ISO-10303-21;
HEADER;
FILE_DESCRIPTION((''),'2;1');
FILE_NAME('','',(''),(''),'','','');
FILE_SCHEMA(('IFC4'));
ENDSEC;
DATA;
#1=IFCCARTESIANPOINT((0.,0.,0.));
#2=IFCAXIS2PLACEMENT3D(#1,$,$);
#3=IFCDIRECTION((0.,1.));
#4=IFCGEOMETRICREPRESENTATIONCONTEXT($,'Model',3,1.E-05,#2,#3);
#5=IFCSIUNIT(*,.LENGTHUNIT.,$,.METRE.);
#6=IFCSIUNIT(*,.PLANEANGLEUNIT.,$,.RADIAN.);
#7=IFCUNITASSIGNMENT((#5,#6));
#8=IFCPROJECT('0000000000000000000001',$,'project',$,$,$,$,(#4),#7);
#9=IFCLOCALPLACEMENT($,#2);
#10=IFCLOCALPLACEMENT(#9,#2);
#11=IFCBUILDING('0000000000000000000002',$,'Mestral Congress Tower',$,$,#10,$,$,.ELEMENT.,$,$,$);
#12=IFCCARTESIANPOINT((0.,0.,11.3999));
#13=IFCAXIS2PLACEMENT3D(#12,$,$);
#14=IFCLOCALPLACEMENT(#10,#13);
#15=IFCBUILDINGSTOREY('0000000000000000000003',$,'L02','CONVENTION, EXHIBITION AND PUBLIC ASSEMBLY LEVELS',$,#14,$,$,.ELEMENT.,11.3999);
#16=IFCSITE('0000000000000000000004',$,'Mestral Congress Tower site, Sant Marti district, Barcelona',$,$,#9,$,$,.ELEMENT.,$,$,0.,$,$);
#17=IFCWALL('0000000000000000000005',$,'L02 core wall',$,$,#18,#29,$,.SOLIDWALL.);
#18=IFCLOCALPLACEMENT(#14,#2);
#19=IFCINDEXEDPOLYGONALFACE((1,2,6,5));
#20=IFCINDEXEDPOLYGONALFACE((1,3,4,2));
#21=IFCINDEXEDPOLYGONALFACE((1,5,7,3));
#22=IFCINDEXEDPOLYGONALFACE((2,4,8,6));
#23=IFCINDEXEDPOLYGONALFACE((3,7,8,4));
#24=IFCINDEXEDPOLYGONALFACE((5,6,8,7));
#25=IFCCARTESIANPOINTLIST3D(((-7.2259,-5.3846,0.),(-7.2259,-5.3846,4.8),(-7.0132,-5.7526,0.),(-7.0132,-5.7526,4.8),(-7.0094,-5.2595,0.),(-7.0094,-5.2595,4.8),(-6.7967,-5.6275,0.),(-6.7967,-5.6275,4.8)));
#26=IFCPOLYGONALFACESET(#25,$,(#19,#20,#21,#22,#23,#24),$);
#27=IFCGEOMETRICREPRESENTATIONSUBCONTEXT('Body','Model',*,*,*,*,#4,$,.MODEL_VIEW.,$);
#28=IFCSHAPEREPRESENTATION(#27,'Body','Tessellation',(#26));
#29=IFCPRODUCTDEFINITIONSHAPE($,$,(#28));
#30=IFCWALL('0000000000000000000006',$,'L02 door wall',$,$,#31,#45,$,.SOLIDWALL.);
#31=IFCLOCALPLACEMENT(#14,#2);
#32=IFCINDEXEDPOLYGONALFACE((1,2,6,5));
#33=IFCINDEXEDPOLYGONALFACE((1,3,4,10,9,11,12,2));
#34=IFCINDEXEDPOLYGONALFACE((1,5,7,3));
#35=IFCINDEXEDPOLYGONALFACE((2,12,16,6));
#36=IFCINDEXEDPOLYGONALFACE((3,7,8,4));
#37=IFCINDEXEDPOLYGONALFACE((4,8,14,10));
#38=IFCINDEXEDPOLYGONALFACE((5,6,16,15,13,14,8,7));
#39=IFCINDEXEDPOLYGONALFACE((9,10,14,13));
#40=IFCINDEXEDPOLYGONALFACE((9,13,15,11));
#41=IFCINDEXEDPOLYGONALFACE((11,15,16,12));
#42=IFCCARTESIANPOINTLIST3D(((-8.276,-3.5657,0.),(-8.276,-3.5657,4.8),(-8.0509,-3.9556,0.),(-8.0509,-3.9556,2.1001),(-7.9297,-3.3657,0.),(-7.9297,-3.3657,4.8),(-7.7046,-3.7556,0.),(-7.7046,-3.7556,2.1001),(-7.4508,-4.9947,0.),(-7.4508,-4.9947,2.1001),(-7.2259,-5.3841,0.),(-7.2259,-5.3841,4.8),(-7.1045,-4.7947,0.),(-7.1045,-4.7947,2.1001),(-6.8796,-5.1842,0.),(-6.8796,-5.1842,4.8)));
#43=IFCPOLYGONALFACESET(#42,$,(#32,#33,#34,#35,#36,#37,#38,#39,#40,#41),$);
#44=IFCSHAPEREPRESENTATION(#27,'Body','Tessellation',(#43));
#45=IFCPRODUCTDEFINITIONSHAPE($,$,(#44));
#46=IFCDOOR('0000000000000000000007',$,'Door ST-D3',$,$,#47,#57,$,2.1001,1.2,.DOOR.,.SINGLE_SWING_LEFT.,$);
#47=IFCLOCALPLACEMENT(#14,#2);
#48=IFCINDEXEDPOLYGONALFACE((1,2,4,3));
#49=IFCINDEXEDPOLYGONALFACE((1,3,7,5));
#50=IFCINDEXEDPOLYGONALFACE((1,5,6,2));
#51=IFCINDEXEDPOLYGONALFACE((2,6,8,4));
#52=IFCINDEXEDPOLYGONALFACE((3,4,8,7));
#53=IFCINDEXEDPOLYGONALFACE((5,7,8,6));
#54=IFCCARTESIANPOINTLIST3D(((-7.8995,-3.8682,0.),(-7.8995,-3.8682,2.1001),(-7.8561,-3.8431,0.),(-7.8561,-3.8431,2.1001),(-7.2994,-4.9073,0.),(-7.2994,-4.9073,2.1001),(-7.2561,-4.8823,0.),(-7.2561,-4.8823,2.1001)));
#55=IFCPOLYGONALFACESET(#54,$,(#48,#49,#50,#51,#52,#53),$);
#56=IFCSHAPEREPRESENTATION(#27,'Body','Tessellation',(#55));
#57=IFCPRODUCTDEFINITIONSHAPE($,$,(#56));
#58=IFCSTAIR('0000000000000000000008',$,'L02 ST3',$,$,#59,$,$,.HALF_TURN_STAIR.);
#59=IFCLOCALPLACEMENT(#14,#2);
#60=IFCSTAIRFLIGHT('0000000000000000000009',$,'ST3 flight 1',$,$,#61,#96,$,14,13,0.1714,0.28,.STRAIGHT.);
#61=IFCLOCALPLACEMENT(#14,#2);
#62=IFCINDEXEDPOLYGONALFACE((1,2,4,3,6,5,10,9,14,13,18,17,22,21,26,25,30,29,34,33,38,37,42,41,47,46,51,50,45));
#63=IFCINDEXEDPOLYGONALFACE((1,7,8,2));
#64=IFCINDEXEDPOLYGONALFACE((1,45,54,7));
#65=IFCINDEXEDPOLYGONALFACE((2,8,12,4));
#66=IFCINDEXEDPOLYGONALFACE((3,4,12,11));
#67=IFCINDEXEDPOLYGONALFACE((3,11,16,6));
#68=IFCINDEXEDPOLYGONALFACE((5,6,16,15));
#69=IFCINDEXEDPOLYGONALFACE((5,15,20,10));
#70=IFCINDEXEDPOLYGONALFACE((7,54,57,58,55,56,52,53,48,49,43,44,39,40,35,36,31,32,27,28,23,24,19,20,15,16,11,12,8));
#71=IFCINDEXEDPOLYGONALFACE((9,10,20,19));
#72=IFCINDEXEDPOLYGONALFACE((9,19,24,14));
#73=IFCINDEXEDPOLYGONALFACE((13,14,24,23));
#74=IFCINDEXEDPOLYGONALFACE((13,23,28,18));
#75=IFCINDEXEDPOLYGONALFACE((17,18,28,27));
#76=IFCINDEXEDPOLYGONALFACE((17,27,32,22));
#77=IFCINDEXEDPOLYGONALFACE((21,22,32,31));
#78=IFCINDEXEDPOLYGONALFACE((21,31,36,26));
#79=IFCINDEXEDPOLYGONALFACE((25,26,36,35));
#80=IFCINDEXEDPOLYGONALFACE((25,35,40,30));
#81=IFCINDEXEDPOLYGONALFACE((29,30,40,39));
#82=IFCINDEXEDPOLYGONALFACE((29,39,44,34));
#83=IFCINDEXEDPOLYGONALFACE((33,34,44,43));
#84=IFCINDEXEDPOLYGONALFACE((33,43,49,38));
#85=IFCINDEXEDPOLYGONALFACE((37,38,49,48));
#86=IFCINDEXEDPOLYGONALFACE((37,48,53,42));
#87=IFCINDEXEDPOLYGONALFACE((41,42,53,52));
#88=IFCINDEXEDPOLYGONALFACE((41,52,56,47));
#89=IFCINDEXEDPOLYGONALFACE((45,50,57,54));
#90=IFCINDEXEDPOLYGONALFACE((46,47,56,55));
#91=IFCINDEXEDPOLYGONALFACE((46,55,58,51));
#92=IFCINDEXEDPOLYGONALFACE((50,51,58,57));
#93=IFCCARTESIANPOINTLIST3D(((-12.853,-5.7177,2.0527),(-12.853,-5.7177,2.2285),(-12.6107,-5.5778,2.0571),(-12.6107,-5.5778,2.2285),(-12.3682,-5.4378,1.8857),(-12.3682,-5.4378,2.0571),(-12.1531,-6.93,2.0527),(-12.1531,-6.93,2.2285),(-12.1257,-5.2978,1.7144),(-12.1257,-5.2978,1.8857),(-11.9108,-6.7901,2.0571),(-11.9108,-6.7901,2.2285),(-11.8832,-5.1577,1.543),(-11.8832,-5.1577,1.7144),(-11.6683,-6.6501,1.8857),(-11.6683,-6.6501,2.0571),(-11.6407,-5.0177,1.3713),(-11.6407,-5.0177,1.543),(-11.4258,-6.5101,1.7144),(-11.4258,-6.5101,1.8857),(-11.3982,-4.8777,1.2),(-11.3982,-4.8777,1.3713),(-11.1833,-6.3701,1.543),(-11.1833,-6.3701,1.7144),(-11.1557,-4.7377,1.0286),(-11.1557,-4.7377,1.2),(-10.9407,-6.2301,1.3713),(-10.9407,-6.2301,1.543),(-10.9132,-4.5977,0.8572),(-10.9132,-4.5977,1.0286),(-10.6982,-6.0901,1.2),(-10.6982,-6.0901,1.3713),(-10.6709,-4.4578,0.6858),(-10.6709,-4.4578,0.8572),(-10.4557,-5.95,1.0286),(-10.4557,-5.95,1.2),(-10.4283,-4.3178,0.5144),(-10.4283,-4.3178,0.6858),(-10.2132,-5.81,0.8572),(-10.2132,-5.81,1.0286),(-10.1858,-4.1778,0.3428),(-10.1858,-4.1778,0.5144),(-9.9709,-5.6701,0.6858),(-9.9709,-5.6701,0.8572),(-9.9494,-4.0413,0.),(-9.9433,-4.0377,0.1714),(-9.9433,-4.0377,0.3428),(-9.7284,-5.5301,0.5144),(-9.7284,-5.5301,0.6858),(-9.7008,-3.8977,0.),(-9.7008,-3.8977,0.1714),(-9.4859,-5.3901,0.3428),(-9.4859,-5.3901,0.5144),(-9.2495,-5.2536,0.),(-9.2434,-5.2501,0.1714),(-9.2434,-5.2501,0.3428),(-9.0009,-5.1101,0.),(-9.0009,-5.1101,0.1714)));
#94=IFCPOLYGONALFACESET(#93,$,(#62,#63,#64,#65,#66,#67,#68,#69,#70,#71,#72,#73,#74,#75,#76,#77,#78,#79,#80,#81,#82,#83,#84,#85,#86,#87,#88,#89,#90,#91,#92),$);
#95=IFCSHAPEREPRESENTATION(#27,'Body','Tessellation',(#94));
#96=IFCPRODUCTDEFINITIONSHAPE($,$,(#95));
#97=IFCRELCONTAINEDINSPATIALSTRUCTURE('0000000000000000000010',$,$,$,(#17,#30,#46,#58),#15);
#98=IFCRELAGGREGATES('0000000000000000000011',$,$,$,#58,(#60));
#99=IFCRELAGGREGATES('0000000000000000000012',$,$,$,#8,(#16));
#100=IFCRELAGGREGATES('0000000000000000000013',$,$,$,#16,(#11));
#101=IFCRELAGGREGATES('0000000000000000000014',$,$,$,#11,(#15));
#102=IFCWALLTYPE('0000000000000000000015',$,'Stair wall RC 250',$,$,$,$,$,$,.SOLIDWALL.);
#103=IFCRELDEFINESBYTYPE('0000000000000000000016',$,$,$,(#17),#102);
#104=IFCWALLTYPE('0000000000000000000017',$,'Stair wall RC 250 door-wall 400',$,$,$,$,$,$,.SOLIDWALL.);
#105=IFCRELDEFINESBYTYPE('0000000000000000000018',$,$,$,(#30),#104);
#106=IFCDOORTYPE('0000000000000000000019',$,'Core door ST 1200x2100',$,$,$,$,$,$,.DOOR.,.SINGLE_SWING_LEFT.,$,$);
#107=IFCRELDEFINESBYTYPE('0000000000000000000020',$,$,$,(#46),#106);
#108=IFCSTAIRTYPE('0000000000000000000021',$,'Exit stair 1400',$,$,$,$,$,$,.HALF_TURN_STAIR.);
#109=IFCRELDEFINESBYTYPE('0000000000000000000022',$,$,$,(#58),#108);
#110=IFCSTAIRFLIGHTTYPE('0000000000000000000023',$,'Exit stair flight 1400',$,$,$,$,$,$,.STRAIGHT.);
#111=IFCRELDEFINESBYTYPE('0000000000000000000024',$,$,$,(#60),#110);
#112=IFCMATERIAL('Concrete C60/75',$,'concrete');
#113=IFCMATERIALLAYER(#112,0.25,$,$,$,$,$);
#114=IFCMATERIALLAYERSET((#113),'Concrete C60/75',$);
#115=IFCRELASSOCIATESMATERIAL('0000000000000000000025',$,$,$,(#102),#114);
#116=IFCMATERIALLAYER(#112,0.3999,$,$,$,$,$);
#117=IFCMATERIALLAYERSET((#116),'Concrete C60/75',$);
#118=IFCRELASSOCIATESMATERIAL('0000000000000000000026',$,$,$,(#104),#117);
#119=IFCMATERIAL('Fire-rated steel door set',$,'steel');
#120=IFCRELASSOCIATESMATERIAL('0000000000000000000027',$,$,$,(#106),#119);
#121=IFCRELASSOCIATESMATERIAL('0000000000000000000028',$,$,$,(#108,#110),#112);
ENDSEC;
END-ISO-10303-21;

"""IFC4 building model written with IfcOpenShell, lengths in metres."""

from ifc_helpers import new_model, si_unit, direction, frame, frame_2d, origin, place, context, subcontext, project, spatial, polyline, rectangle, outline, extrude, material, layer, layer_set, type_object, element, fill, aggregate, save


model = new_model("IFC4")

# Units and contexts
model_context = context("Model", 3, precision=1e-05, world=origin(), true_north=direction((0.0, 1.0)))
body_context = subcontext(model_context, "Body", "Model", "MODEL_VIEW")
ifc_project = project(units=[si_unit("LENGTHUNIT", "METRE"), si_unit("PLANEANGLEUNIT", "RADIAN")], contexts=[model_context])

# Site, building, storey
site_placement = place(None, origin())
site = spatial("IfcSite", under=ifc_project, at=site_placement, Name="Mestral Congress Tower site, Sant Marti district, Barcelona", CompositionType="ELEMENT", RefElevation=0.0)
building_placement = place(site_placement, origin())
building = spatial("IfcBuilding", under=site, at=building_placement, Name="Mestral Congress Tower", CompositionType="ELEMENT")
storey_placement = place(building_placement, frame((0.0, 0.0, 11.3999)))
storey = spatial("IfcBuildingStorey", under=building, at=storey_placement, Name="L02", Description="CONVENTION, EXHIBITION AND PUBLIC ASSEMBLY LEVELS", CompositionType="ELEMENT", Elevation=11.3999)

# Shared definitions
ifc_material_1 = material(Name="Fire-rated steel door set", Category="steel")

# Shared definitions
ifc_material_2 = material(Name="Concrete C60/75", Category="concrete")

# Wall
ifc_layer_1 = layer(ifc_material_2, 0.25)
ifc_layer_set_1 = layer_set([ifc_layer_1], Name="Concrete C60/75")
wall_type_1 = type_object("IfcWallType", Name="Stair wall RC 250", PredefinedType="SOLIDWALL", material=ifc_layer_set_1)
wall_1_placement = place(storey_placement, frame((-6.905, -5.6899, 0.0), z_axis=(0.0, 0.0, 1.0), x_axis=(-0.500402, 0.865793, 0.0)))
element("IfcWall", 1, at=wall_1_placement, inside=storey, type_object=wall_type_1, Name="L02 core wall", PredefinedType="SOLIDWALL", context=body_context, shape_type="SweptSolid", body=[
    extrude(rectangle(XDim=0.425, YDim=0.25, at=frame_2d((0.2124, 0.0))), origin(), (0.0, 0.0, 1.0), 4.8),
])

# Wall, opening, door
ifc_layer_2 = layer(ifc_material_2, 0.3999)
ifc_layer_set_2 = layer_set([ifc_layer_2], Name="Concrete C60/75")
wall_type_2 = type_object("IfcWallType", Name="Stair wall RC 250 door-wall 400", PredefinedType="SOLIDWALL", material=ifc_layer_set_2)
wall_2_placement = place(storey_placement, frame((-8.1028, -3.4658, 0.0), z_axis=(0.0, 0.0, 1.0), x_axis=(0.500078, -0.86598, 0.0)))
wall_2 = element("IfcWall", 2, at=wall_2_placement, inside=storey, type_object=wall_type_2, Name="L02 door wall", PredefinedType="SOLIDWALL", context=body_context, shape_type="SweptSolid", body=[
    extrude(rectangle(XDim=2.0999, YDim=0.3999, at=frame_2d((1.0498, 0.0))), origin(), (0.0, 0.0, 1.0), 4.8),
])
opening_1_placement = place(wall_2_placement, frame((0.45, 0.0, 0.0)))
opening_1 = element("IfcOpeningElement", 3, at=opening_1_placement, cuts=wall_2, PredefinedType="OPENING", context=body_context, shape_type="SweptSolid", body=[
    extrude(rectangle(XDim=1.2, YDim=2.1001, at=frame_2d((0.6001, 1.05))), frame((0.0, 0.21, 0.0), z_axis=(0.0, -1.0, 0.0), x_axis=(1.0, 0.0, 0.0)), (0.0, 0.0, 1.0), 0.4199),
])
door_type_1 = type_object("IfcDoorType", Name="Core door ST 1200x2100", OperationType="SINGLE_SWING_LEFT", PredefinedType="DOOR", material=ifc_material_1)
door_1_placement = place(opening_1_placement, origin())
door_1 = element("IfcDoor", 4, at=door_1_placement, inside=storey, type_object=door_type_1, Name="Door ST-D3", OperationType="SINGLE_SWING_LEFT", OverallHeight=2.1001, OverallWidth=1.2, PredefinedType="DOOR", context=body_context, shape_type="SweptSolid", body=[
    extrude(rectangle(XDim=1.2, YDim=2.1001, at=frame_2d((0.6001, 1.05))), frame((0.0, 0.0249, 0.0), z_axis=(0.0, -1.0, 0.0), x_axis=(1.0, 0.0, 0.0)), (0.0, 0.0, 1.0), 0.05),
])
fill(opening_1, door_1)

# Stair, stair flight
stair_type = type_object("IfcStairType", Name="Exit stair 1400", PredefinedType="HALF_TURN_STAIR", material=ifc_material_2)
stair_placement = place(storey_placement, origin())
stair = element("IfcStair", 5, at=stair_placement, inside=storey, type_object=stair_type, Name="L02 ST3", PredefinedType="HALF_TURN_STAIR")
stair_flight_type = type_object("IfcStairFlightType", Name="Exit stair flight 1400", PredefinedType="STRAIGHT", material=ifc_material_2)
stair_flight_placement = place(storey_placement, frame((-9.3508, -4.5039, 0.0), z_axis=(0.0, 0.0, 1.0), x_axis=(-0.866025, -0.5, 0.0)))
stair_flight = element("IfcStairFlight", 6, at=stair_flight_placement, type_object=stair_flight_type, Name="ST3 flight 1", NumberOfRisers=14, NumberOfTreads=13, PredefinedType="STRAIGHT", RiserHeight=0.1714, TreadLength=0.28, context=body_context, shape_type="SweptSolid", body=[
    extrude(outline(polyline([(0.0, 0.0), (0.0, 0.1714), (0.28, 0.1714), (0.28, 0.3428), (0.5601, 0.3428), (0.5601, 0.5144), (0.8401, 0.5144), (0.8401, 0.6858), (1.1201, 0.6858), (1.1201, 0.8572), (1.3999, 0.8572), (1.3999, 1.0286), (1.6799, 1.0286), (1.6799, 1.2), (1.96, 1.2), (1.96, 1.3713), (2.24, 1.3713), (2.24, 1.543), (2.52, 1.543), (2.52, 1.7144), (2.8, 1.7144), (2.8, 1.8857), (3.0801, 1.8857), (3.0801, 2.0571), (3.3601, 2.0571), (3.3601, 2.2285), (3.6399, 2.2285), (3.6399, 2.3999), (3.6399, 2.0527), (0.2871, 0.0), (0.0, 0.0)])), frame((0.0, 0.7, 0.0), z_axis=(0.0, -1.0, 0.0), x_axis=(1.0, 0.0, 0.0)), (0.0, 0.0, 1.0), 1.3999),
])
aggregate(stair, [stair_flight])

save(model, "model.ifc")
